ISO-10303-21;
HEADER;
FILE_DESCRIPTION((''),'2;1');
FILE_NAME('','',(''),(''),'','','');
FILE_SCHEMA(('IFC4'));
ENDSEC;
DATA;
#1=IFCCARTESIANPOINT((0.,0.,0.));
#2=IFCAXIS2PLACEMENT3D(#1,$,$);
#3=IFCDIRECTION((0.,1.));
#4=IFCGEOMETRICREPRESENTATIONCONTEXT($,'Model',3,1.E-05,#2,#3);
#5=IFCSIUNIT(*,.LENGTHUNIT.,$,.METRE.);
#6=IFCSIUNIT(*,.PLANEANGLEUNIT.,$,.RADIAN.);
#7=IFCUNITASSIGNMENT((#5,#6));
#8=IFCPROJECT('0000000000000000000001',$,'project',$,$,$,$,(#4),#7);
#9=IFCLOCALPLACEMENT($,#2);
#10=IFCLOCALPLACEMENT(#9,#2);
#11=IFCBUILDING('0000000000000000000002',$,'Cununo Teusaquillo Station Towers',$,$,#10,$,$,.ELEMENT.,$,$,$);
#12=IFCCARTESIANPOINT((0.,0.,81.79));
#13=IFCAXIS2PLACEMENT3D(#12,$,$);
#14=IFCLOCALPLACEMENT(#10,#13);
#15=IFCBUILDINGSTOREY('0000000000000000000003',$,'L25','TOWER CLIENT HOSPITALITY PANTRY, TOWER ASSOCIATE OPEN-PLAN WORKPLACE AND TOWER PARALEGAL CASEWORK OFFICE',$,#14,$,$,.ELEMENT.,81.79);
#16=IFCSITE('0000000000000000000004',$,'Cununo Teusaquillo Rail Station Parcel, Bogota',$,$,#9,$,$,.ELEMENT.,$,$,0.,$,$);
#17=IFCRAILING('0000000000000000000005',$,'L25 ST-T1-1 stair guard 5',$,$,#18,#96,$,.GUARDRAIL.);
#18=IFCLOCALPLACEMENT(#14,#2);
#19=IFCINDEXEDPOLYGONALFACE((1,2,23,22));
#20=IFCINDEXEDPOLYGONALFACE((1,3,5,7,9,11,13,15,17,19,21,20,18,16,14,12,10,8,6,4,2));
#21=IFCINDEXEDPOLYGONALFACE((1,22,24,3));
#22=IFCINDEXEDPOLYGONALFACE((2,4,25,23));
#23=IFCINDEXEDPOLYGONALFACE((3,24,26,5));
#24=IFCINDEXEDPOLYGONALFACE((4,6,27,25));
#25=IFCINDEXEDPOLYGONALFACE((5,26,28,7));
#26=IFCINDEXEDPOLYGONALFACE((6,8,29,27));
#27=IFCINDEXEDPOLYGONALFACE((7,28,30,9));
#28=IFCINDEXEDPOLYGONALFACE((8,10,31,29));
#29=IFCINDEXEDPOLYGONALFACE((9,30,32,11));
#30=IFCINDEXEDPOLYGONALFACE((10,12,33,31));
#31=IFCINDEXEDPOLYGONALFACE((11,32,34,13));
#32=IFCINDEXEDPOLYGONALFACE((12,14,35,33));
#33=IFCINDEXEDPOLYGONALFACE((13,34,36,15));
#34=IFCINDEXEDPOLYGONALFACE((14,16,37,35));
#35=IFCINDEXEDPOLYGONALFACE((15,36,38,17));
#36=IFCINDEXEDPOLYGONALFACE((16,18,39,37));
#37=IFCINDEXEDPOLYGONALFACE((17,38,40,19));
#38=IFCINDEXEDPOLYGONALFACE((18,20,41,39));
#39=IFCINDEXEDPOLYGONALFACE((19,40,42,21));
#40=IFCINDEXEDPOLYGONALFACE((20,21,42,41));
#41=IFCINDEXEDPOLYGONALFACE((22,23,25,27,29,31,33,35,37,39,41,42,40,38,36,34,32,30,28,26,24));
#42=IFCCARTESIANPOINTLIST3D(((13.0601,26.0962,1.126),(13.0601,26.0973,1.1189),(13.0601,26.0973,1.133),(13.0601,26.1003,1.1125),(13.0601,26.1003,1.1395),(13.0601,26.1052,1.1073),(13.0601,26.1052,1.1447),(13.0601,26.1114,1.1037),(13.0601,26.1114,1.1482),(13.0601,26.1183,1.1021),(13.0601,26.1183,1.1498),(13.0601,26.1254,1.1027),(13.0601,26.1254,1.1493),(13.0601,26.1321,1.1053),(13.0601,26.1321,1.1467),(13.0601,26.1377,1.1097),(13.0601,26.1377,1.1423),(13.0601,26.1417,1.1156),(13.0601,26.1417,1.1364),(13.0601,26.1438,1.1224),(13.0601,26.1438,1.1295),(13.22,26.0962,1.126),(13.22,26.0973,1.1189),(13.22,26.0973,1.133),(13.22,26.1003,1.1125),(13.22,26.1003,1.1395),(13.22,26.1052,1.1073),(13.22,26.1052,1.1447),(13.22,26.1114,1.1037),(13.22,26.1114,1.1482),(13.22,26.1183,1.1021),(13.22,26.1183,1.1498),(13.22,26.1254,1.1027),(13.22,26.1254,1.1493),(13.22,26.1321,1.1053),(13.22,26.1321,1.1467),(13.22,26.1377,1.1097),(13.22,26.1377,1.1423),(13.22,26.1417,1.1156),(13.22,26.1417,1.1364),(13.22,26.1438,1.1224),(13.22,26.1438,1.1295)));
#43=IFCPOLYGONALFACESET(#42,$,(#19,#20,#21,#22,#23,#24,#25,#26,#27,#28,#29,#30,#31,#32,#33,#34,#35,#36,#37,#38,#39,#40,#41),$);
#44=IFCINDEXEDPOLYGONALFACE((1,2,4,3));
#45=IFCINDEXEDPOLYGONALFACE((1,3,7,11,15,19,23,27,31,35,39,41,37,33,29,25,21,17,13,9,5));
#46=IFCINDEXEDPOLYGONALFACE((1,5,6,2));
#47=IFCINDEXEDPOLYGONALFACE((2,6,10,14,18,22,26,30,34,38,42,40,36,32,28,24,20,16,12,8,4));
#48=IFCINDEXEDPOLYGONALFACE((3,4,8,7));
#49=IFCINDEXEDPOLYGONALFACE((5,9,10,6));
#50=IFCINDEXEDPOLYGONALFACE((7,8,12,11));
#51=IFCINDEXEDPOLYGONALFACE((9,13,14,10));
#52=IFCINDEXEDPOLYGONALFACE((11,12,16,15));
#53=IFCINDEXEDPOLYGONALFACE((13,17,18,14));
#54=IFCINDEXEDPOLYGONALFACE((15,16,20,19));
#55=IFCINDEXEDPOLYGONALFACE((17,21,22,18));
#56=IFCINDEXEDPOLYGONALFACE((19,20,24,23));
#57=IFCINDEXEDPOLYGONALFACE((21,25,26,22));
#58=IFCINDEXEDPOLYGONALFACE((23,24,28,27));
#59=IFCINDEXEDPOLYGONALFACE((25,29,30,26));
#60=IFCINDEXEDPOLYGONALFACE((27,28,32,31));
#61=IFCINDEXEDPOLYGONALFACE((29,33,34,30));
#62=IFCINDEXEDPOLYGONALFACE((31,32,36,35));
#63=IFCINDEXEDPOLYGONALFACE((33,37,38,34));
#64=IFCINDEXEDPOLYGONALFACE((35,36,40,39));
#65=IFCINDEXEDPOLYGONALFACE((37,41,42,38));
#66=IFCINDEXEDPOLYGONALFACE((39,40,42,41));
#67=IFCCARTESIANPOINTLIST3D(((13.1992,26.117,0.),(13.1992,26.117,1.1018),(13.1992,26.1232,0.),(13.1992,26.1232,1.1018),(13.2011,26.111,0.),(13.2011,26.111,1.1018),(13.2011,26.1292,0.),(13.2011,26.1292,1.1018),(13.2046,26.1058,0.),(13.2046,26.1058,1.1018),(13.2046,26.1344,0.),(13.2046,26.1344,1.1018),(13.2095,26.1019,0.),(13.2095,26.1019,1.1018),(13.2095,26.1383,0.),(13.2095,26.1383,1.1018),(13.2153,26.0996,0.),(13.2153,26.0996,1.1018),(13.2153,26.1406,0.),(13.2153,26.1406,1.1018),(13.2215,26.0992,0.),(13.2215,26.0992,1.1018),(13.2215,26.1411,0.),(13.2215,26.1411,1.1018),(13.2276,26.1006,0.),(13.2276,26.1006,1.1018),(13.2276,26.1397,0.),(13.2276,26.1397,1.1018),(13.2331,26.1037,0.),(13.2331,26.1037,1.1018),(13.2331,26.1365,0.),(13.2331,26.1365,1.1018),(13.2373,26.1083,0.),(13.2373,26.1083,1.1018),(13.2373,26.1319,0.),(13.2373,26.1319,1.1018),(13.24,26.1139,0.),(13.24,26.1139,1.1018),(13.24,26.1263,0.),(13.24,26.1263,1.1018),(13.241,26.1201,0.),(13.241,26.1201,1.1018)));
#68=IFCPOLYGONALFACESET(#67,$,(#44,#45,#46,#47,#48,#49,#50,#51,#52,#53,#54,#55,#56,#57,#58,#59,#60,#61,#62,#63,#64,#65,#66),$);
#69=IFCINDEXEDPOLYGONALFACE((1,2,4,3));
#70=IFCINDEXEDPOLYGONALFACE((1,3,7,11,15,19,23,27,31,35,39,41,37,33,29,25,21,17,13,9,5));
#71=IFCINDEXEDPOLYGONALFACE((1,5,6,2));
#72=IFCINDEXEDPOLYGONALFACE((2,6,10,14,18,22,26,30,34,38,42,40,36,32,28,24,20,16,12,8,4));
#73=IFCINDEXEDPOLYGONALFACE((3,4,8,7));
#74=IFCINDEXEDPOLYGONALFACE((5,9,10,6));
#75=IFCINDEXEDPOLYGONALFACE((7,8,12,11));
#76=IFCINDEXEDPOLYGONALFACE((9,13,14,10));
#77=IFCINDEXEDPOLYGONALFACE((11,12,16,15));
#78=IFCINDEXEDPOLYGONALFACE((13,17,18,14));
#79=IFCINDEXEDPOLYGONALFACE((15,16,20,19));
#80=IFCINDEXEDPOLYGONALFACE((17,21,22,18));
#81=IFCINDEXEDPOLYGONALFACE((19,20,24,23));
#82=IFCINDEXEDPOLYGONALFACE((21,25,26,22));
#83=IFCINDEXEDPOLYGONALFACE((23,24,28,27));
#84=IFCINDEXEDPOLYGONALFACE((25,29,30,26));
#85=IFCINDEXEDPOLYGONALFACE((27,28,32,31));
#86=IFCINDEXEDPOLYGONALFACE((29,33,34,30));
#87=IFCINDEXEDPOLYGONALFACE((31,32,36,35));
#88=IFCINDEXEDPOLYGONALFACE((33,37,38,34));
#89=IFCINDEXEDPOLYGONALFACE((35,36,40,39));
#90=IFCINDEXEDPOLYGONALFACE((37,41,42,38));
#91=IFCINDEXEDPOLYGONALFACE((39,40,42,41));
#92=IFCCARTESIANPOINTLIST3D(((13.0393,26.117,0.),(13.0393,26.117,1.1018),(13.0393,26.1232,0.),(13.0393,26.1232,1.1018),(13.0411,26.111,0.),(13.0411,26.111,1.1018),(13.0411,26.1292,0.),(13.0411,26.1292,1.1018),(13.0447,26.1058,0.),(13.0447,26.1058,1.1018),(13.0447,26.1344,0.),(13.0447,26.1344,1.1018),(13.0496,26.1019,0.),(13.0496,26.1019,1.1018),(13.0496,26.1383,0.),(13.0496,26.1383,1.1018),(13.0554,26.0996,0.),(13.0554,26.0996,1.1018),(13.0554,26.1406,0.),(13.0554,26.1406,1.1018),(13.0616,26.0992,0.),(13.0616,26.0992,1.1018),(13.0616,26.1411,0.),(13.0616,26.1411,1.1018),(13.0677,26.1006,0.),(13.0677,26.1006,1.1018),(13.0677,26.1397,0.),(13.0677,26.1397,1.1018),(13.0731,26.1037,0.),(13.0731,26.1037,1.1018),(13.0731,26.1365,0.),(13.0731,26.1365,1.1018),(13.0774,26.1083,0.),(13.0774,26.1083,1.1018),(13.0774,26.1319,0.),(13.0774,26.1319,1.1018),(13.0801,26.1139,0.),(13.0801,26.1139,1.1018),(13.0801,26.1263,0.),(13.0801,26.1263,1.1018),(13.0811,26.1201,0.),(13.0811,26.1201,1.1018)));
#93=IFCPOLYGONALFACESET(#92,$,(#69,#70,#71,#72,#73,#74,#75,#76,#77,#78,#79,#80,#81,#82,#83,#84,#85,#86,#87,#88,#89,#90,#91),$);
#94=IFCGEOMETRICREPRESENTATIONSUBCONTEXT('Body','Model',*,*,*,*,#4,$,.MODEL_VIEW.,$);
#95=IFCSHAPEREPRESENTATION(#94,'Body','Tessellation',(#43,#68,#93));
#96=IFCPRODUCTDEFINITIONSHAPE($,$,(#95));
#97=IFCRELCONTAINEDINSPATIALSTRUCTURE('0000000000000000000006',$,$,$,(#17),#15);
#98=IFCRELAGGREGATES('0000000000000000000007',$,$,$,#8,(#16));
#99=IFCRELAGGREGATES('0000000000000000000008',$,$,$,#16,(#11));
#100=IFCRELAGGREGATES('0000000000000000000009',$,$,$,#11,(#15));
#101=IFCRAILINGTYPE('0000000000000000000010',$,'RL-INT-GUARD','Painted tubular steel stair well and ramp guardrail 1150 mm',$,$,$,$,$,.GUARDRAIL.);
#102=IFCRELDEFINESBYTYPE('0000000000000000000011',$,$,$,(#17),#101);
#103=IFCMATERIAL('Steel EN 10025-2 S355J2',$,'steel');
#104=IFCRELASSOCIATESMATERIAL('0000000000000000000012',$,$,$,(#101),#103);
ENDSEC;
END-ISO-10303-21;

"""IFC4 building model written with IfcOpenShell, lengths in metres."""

from ifc_helpers import new_model, si_unit, direction, frame, origin, origin_2d, place, context, subcontext, project, spatial, circle, extrude, material, type_object, element, save


model = new_model("IFC4")

# Units and contexts
model_context = context("Model", 3, precision=1e-05, world=origin(), true_north=direction((0.0, 1.0)))
body_context = subcontext(model_context, "Body", "Model", "MODEL_VIEW")
ifc_project = project(units=[si_unit("LENGTHUNIT", "METRE"), si_unit("PLANEANGLEUNIT", "RADIAN")], contexts=[model_context])

# Site, building, storey
site_placement = place(None, origin())
site = spatial("IfcSite", under=ifc_project, at=site_placement, Name="Cununo Teusaquillo Rail Station Parcel, Bogota", CompositionType="ELEMENT", RefElevation=0.0)
building_placement = place(site_placement, origin())
building = spatial("IfcBuilding", under=site, at=building_placement, Name="Cununo Teusaquillo Station Towers", CompositionType="ELEMENT")
storey_placement = place(building_placement, frame((0.0, 0.0, 81.79)))
storey = spatial("IfcBuildingStorey", under=building, at=storey_placement, Name="L25", Description="TOWER CLIENT HOSPITALITY PANTRY, TOWER ASSOCIATE OPEN-PLAN WORKPLACE AND TOWER PARALEGAL CASEWORK OFFICE", CompositionType="ELEMENT", Elevation=81.79)

# Railing
ifc_material_1 = material(Name="Steel EN 10025-2 S355J2", Category="steel")
railing_type_1 = type_object("IfcRailingType", Name="RL-INT-GUARD", Description="Painted tubular steel stair well and ramp guardrail 1150 mm", PredefinedType="GUARDRAIL", material=ifc_material_1)
railing_1_placement = place(storey_placement, frame((13.22, 26.1201, 0.0)))
element("IfcRailing", 1, at=railing_1_placement, inside=storey, type_object=railing_type_1, Name="L25 ST-T1-1 stair guard 5", PredefinedType="GUARDRAIL", context=body_context, shape_type="SweptSolid", body=[
    extrude(circle(Radius=0.0239, at=origin_2d()), frame((0.0, 0.0, 1.126), z_axis=(-1.0, 0.0, 0.0), x_axis=(0.0, -1.0, 0.0)), (0.0, 0.0, 1.0), 0.1599),
    extrude(circle(Radius=0.021, at=origin_2d()), origin(), (0.0, 0.0, 1.0), 1.1018),
    extrude(circle(Radius=0.021, at=origin_2d()), frame((-0.1599, 0.0, 0.0)), (0.0, 0.0, 1.0), 1.1018),
])

save(model, "model.ifc")
